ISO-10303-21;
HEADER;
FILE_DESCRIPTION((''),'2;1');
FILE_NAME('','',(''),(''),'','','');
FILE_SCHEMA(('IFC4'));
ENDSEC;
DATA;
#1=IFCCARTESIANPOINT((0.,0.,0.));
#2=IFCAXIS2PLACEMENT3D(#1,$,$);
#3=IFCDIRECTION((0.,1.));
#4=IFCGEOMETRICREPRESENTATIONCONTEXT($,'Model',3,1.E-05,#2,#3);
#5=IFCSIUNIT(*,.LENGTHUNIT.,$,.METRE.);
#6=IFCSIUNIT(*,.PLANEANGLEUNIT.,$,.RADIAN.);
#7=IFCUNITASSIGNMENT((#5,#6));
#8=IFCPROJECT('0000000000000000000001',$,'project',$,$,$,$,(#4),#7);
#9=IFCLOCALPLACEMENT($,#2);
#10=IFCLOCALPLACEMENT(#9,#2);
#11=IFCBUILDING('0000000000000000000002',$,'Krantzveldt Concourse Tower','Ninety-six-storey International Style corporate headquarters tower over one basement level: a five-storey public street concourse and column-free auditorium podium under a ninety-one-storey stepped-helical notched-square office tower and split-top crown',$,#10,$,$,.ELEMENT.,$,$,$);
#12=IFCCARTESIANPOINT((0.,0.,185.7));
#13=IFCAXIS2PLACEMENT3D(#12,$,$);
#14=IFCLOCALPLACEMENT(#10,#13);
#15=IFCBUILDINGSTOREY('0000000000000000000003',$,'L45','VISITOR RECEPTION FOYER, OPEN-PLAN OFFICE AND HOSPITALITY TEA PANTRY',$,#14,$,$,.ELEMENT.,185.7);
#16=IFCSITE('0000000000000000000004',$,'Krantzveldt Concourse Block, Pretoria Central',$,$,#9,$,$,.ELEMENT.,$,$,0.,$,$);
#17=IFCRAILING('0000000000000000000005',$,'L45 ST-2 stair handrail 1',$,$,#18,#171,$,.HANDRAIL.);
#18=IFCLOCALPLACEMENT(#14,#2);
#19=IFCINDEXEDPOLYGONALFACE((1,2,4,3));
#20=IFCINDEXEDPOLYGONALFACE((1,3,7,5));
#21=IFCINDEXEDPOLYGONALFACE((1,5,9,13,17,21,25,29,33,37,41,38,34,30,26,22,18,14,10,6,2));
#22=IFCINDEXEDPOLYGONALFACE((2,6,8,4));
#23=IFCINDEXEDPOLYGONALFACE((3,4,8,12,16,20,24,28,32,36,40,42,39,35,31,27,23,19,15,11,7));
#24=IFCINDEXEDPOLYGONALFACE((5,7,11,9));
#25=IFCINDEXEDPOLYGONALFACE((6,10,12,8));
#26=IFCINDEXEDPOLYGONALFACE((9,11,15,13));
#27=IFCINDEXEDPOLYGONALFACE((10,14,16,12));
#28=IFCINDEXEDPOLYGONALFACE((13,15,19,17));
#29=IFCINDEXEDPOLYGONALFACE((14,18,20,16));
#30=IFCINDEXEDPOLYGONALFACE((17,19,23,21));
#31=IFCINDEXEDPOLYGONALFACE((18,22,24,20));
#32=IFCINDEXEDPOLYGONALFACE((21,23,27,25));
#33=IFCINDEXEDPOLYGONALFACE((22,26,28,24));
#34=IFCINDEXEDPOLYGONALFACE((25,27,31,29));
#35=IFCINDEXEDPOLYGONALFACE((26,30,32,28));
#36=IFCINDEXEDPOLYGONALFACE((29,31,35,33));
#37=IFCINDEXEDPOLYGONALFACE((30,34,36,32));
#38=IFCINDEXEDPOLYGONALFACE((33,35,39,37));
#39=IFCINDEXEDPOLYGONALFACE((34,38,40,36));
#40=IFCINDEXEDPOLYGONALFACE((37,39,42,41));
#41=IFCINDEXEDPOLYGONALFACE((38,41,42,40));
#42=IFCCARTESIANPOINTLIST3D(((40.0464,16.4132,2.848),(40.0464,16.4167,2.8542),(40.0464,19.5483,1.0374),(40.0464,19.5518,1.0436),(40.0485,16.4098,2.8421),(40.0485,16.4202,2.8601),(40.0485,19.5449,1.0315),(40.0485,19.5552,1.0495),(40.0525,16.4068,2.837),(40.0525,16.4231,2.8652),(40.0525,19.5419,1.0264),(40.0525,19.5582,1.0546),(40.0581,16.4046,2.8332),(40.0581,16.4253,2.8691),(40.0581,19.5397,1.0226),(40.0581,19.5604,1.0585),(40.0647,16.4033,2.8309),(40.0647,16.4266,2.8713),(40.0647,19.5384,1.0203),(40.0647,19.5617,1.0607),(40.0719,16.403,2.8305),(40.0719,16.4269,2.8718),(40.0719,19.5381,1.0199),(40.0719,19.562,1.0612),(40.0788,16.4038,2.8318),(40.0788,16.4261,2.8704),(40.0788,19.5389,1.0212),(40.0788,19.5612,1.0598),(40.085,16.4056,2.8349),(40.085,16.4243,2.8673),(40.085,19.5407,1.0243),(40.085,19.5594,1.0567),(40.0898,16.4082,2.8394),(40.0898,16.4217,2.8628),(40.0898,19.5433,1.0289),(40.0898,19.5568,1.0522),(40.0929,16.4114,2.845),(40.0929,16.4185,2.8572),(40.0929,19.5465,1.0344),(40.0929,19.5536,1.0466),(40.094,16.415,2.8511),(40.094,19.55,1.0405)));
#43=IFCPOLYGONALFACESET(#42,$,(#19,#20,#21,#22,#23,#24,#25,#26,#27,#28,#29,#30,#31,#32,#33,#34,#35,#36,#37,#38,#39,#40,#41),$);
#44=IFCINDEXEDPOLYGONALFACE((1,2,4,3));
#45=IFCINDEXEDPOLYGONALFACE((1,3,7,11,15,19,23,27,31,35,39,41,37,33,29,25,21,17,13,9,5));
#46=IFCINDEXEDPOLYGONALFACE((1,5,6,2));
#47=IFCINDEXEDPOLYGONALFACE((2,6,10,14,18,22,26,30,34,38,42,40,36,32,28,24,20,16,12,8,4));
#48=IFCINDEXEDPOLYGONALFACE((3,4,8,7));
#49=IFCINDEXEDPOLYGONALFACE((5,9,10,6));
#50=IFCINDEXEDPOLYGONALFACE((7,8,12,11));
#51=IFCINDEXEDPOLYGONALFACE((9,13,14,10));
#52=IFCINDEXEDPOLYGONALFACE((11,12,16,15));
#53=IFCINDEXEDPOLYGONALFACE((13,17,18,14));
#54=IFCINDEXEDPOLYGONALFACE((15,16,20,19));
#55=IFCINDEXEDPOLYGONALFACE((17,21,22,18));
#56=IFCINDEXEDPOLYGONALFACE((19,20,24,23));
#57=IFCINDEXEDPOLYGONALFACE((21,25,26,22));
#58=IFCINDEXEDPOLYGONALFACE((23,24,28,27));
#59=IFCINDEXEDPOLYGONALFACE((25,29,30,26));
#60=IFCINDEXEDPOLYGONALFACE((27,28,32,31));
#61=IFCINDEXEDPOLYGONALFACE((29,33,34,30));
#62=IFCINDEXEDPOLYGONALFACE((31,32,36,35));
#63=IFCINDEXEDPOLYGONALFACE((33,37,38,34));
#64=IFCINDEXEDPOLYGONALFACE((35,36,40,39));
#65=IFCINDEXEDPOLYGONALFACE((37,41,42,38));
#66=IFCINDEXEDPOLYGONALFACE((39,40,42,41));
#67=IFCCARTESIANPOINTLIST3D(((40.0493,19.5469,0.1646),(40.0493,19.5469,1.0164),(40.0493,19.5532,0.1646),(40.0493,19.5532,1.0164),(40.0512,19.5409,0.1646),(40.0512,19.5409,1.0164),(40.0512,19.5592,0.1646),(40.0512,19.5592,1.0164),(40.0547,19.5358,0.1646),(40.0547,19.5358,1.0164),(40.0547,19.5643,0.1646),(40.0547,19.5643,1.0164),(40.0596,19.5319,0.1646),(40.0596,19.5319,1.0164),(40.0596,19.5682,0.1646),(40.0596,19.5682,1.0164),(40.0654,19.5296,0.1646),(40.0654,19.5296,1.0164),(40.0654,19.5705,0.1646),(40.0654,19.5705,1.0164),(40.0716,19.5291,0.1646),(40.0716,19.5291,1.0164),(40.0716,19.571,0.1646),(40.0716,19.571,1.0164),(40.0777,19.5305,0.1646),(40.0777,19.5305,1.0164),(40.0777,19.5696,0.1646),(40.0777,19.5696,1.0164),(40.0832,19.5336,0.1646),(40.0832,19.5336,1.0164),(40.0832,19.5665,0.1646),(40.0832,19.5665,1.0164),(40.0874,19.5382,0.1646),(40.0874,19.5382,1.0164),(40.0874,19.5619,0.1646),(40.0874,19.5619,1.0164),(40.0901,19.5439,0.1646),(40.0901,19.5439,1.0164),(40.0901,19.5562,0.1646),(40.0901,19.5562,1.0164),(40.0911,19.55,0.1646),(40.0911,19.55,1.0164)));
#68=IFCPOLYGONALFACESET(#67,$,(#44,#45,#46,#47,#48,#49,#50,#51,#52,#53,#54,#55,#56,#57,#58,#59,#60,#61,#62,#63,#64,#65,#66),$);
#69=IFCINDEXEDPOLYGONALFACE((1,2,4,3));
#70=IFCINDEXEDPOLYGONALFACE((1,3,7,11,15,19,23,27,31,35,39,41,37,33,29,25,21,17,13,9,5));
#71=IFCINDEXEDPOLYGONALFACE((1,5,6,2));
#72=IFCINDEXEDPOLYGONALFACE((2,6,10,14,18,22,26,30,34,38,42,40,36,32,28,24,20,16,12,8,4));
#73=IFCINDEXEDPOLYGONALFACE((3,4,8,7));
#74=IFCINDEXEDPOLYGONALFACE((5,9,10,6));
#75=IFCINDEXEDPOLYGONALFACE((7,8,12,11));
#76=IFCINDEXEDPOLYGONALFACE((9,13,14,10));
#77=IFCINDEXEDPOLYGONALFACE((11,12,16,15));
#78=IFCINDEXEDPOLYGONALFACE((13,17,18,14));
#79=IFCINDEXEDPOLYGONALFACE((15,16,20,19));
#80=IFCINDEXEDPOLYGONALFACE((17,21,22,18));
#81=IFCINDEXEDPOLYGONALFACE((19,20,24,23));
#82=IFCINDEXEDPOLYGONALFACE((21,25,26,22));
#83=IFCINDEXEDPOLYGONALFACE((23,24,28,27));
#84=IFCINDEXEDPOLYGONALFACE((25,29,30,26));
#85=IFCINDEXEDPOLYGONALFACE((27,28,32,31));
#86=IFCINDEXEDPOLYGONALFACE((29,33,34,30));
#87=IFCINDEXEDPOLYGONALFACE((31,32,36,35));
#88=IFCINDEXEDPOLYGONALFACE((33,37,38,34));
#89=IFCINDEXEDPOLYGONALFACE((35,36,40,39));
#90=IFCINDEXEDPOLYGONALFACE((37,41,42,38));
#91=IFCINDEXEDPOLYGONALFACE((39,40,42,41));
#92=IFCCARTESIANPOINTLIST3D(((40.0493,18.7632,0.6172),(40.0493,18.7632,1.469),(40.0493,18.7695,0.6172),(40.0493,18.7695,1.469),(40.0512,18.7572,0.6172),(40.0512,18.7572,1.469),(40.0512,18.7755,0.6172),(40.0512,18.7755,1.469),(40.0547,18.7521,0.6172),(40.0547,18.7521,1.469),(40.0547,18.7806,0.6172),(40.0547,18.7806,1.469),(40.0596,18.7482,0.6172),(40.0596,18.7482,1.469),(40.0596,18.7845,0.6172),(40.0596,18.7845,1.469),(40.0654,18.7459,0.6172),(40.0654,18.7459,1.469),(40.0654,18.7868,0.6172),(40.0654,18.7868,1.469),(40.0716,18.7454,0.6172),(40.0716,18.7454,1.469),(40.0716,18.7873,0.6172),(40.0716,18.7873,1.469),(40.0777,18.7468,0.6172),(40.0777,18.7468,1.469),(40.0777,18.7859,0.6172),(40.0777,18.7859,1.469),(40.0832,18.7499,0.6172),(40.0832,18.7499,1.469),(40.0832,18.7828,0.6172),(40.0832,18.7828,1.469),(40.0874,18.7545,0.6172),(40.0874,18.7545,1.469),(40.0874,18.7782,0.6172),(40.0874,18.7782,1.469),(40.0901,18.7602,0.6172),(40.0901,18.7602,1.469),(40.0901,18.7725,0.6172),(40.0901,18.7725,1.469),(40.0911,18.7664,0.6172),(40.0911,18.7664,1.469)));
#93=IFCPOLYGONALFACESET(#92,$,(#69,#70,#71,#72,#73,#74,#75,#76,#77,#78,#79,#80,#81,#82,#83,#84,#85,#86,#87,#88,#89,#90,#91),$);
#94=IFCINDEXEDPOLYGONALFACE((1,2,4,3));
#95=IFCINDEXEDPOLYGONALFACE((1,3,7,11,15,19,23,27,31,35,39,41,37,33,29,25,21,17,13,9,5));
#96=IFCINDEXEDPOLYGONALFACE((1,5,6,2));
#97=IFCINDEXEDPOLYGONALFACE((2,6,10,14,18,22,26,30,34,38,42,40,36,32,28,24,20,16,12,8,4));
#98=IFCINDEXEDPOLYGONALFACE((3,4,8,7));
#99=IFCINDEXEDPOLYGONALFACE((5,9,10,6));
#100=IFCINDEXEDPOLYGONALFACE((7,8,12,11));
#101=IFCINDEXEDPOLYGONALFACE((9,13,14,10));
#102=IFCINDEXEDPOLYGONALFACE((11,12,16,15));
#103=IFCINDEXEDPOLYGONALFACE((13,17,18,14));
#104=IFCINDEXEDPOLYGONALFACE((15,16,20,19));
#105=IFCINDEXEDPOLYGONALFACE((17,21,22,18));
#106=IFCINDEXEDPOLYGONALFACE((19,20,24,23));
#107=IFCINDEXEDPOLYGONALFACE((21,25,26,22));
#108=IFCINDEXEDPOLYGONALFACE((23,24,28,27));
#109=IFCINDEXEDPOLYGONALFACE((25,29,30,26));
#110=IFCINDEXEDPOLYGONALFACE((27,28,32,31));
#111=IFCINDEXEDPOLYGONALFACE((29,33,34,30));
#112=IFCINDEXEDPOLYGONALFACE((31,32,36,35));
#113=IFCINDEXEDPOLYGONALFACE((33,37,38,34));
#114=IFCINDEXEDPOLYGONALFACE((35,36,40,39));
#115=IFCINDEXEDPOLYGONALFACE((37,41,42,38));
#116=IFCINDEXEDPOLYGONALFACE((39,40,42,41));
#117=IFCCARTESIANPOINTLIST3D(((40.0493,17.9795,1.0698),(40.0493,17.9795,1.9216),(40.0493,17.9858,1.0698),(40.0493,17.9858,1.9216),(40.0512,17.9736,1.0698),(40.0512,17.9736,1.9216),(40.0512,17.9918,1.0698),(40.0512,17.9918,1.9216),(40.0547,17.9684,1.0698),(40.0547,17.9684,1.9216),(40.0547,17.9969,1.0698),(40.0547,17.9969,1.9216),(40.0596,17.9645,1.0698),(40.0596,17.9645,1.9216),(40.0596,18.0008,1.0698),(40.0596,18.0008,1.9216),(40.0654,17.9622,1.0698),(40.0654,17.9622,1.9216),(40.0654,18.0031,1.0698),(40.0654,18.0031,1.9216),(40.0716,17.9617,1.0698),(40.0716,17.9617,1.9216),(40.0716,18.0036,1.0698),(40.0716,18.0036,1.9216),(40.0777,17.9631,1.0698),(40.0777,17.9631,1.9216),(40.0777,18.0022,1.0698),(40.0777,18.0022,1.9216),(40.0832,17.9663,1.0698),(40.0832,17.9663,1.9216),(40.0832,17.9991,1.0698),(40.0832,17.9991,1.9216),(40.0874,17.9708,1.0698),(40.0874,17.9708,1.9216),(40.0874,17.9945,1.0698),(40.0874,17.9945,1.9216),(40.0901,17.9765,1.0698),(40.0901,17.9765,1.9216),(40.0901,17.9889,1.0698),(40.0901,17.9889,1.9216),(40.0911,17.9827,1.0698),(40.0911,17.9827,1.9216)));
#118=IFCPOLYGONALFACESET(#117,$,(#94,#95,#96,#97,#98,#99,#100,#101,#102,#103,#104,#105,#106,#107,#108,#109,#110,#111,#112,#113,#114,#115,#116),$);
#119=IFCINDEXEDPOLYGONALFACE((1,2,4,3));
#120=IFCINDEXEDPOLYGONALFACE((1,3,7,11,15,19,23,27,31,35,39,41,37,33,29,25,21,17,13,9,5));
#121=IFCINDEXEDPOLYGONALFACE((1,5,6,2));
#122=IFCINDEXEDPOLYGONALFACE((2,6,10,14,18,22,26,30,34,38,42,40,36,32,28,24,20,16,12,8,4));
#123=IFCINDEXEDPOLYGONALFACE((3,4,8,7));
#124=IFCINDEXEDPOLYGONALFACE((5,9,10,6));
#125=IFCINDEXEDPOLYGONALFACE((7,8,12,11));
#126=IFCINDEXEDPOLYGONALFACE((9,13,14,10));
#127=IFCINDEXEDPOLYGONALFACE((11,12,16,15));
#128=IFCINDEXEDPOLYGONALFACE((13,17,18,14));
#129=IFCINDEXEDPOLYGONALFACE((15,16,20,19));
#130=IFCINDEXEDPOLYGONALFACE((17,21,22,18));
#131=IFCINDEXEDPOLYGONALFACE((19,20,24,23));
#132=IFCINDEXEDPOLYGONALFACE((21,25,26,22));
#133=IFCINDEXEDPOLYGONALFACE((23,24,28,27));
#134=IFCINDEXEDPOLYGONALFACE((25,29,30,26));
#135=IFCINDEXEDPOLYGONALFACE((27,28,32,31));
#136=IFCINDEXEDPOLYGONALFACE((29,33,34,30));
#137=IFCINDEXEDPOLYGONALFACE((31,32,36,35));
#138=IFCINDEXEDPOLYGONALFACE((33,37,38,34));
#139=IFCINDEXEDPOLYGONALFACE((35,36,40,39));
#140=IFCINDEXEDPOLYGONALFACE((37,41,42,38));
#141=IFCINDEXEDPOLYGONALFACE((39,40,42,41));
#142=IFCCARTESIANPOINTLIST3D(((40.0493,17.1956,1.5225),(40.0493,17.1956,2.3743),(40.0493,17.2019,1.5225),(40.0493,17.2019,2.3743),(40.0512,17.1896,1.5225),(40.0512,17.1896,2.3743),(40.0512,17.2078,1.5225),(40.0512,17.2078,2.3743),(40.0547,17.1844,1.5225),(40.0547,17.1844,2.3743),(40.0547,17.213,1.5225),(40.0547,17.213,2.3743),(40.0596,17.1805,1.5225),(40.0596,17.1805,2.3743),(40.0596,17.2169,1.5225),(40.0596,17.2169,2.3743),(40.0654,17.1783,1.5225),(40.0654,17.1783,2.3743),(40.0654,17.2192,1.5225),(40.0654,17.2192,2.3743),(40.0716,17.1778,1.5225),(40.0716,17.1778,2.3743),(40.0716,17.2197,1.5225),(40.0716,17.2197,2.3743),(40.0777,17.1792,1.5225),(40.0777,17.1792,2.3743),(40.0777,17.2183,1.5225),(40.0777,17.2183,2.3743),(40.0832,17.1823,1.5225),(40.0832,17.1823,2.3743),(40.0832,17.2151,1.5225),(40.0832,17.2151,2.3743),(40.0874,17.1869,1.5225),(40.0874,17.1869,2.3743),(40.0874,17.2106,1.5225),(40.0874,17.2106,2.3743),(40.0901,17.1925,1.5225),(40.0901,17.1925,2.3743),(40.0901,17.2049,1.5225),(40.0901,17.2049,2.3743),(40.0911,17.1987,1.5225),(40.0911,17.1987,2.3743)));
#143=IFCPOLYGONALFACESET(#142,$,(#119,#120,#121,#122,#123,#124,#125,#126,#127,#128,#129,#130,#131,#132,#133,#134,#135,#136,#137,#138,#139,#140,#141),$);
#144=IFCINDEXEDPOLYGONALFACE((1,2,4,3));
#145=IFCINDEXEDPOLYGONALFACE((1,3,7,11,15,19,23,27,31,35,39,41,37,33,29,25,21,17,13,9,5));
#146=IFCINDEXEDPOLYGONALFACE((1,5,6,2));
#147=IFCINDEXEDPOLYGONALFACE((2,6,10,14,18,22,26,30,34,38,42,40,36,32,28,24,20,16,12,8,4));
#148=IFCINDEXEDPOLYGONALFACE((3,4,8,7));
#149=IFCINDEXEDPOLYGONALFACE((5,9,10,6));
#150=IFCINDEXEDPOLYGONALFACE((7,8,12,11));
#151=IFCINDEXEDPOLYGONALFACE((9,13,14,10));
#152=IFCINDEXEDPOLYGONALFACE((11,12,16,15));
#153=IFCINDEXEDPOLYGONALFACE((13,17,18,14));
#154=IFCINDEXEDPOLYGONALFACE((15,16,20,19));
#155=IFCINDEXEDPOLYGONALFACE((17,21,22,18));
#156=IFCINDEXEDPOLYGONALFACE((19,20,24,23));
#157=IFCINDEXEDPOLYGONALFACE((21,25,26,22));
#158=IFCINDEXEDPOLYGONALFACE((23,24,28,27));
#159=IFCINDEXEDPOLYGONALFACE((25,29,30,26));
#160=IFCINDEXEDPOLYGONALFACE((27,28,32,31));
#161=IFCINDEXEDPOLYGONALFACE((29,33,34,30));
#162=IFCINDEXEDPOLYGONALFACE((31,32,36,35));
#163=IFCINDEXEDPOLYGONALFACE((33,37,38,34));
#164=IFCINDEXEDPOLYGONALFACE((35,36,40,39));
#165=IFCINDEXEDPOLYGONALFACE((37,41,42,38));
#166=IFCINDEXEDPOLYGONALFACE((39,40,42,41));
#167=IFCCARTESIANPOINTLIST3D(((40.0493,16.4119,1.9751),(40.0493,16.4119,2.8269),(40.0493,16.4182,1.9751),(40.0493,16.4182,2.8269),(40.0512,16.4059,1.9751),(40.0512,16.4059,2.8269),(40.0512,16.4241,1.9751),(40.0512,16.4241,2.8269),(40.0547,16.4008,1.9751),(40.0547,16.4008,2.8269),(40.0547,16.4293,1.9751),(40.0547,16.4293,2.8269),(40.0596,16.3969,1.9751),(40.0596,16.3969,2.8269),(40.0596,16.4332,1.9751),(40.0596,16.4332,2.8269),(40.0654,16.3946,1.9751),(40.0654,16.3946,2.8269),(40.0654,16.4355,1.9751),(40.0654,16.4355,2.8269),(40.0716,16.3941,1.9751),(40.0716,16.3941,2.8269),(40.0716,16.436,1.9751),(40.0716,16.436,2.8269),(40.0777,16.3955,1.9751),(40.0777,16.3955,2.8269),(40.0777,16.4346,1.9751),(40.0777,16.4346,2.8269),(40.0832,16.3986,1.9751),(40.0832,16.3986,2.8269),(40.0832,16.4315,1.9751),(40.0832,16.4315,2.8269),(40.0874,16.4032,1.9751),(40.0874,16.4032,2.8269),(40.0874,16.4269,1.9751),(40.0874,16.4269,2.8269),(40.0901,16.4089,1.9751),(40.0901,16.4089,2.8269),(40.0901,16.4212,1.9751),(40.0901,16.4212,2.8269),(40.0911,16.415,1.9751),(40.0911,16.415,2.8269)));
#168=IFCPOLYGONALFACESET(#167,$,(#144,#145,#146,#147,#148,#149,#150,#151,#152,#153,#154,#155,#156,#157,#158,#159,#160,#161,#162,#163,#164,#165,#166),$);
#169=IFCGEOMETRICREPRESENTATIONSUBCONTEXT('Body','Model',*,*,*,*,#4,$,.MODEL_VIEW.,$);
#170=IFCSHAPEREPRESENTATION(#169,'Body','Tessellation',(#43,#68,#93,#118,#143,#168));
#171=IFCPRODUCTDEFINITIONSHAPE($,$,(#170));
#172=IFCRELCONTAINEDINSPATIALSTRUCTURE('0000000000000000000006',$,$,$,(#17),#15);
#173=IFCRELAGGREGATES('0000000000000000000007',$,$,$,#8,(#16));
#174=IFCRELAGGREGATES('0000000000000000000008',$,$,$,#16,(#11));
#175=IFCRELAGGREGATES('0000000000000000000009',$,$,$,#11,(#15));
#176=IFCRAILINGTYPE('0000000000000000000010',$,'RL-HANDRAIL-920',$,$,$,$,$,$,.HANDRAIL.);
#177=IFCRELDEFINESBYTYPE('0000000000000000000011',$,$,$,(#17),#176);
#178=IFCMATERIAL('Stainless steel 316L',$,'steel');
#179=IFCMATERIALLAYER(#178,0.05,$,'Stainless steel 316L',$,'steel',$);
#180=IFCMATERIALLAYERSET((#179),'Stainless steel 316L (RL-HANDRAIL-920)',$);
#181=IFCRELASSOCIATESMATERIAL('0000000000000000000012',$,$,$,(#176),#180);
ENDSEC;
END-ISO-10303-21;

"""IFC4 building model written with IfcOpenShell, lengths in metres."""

from ifc_helpers import new_model, si_unit, direction, frame, origin, origin_2d, place, context, subcontext, project, spatial, circle, extrude, material, layer, layer_set, type_object, element, save


model = new_model("IFC4")

# Units and contexts
model_context = context("Model", 3, precision=1e-05, world=origin(), true_north=direction((0.0, 1.0)))
body_context = subcontext(model_context, "Body", "Model", "MODEL_VIEW")
ifc_project = project(units=[si_unit("LENGTHUNIT", "METRE"), si_unit("PLANEANGLEUNIT", "RADIAN")], contexts=[model_context])

# Site, building, storey
site_placement = place(None, origin())
site = spatial("IfcSite", under=ifc_project, at=site_placement, Name="Krantzveldt Concourse Block, Pretoria Central", CompositionType="ELEMENT", RefElevation=0.0)
building_placement = place(site_placement, origin())
building = spatial("IfcBuilding", under=site, at=building_placement, Name="Krantzveldt Concourse Tower", Description="Ninety-six-storey International Style corporate headquarters tower over one basement level: a five-storey public street concourse and column-free auditorium podium under a ninety-one-storey stepped-helical notched-square office tower and split-top crown", CompositionType="ELEMENT")
storey_placement = place(building_placement, frame((0.0, 0.0, 185.7)))
storey = spatial("IfcBuildingStorey", under=building, at=storey_placement, Name="L45", Description="VISITOR RECEPTION FOYER, OPEN-PLAN OFFICE AND HOSPITALITY TEA PANTRY", CompositionType="ELEMENT", Elevation=185.7)

# Shared definitions
ifc_material_1 = material(Name="Stainless steel 316L", Category="steel")

# Railing
ifc_layer_1 = layer(ifc_material_1, 0.05, Name="Stainless steel 316L", Category="steel")
ifc_layer_set_1 = layer_set([ifc_layer_1], Name="Stainless steel 316L (RL-HANDRAIL-920)")
railing_type_1 = type_object("IfcRailingType", Name="RL-HANDRAIL-920", PredefinedType="HANDRAIL", material=ifc_layer_set_1)
railing_1_placement = place(storey_placement, frame((40.0701, 19.55, 0.1646)))
element("IfcRailing", 1, at=railing_1_placement, inside=storey, type_object=railing_type_1, Name="L45 ST-2 stair handrail 1", PredefinedType="HANDRAIL", context=body_context, shape_type="SweptSolid", body=[
    extrude(circle(Radius=0.0239, at=origin_2d()), frame((0.0, 0.0, 0.876), z_axis=(0.0, -0.86596, 0.500114), x_axis=(1.0, 0.0, 0.0)), (0.0, 0.0, 1.0), 3.6204),
    extrude(circle(Radius=0.021, at=origin_2d()), origin(), (0.0, 0.0, 1.0), 0.8518),
    extrude(circle(Radius=0.021, at=origin_2d()), frame((0.0, -0.7837, 0.4526)), (0.0, 0.0, 1.0), 0.8518),
    extrude(circle(Radius=0.021, at=origin_2d()), frame((0.0, -1.5674, 0.9053)), (0.0, 0.0, 1.0), 0.8518),
    extrude(circle(Radius=0.021, at=origin_2d()), frame((0.0, -2.3513, 1.3579)), (0.0, 0.0, 1.0), 0.8518),
    extrude(circle(Radius=0.021, at=origin_2d()), frame((0.0, -3.135, 1.8105)), (0.0, 0.0, 1.0), 0.8518),
])

save(model, "model.ifc")
